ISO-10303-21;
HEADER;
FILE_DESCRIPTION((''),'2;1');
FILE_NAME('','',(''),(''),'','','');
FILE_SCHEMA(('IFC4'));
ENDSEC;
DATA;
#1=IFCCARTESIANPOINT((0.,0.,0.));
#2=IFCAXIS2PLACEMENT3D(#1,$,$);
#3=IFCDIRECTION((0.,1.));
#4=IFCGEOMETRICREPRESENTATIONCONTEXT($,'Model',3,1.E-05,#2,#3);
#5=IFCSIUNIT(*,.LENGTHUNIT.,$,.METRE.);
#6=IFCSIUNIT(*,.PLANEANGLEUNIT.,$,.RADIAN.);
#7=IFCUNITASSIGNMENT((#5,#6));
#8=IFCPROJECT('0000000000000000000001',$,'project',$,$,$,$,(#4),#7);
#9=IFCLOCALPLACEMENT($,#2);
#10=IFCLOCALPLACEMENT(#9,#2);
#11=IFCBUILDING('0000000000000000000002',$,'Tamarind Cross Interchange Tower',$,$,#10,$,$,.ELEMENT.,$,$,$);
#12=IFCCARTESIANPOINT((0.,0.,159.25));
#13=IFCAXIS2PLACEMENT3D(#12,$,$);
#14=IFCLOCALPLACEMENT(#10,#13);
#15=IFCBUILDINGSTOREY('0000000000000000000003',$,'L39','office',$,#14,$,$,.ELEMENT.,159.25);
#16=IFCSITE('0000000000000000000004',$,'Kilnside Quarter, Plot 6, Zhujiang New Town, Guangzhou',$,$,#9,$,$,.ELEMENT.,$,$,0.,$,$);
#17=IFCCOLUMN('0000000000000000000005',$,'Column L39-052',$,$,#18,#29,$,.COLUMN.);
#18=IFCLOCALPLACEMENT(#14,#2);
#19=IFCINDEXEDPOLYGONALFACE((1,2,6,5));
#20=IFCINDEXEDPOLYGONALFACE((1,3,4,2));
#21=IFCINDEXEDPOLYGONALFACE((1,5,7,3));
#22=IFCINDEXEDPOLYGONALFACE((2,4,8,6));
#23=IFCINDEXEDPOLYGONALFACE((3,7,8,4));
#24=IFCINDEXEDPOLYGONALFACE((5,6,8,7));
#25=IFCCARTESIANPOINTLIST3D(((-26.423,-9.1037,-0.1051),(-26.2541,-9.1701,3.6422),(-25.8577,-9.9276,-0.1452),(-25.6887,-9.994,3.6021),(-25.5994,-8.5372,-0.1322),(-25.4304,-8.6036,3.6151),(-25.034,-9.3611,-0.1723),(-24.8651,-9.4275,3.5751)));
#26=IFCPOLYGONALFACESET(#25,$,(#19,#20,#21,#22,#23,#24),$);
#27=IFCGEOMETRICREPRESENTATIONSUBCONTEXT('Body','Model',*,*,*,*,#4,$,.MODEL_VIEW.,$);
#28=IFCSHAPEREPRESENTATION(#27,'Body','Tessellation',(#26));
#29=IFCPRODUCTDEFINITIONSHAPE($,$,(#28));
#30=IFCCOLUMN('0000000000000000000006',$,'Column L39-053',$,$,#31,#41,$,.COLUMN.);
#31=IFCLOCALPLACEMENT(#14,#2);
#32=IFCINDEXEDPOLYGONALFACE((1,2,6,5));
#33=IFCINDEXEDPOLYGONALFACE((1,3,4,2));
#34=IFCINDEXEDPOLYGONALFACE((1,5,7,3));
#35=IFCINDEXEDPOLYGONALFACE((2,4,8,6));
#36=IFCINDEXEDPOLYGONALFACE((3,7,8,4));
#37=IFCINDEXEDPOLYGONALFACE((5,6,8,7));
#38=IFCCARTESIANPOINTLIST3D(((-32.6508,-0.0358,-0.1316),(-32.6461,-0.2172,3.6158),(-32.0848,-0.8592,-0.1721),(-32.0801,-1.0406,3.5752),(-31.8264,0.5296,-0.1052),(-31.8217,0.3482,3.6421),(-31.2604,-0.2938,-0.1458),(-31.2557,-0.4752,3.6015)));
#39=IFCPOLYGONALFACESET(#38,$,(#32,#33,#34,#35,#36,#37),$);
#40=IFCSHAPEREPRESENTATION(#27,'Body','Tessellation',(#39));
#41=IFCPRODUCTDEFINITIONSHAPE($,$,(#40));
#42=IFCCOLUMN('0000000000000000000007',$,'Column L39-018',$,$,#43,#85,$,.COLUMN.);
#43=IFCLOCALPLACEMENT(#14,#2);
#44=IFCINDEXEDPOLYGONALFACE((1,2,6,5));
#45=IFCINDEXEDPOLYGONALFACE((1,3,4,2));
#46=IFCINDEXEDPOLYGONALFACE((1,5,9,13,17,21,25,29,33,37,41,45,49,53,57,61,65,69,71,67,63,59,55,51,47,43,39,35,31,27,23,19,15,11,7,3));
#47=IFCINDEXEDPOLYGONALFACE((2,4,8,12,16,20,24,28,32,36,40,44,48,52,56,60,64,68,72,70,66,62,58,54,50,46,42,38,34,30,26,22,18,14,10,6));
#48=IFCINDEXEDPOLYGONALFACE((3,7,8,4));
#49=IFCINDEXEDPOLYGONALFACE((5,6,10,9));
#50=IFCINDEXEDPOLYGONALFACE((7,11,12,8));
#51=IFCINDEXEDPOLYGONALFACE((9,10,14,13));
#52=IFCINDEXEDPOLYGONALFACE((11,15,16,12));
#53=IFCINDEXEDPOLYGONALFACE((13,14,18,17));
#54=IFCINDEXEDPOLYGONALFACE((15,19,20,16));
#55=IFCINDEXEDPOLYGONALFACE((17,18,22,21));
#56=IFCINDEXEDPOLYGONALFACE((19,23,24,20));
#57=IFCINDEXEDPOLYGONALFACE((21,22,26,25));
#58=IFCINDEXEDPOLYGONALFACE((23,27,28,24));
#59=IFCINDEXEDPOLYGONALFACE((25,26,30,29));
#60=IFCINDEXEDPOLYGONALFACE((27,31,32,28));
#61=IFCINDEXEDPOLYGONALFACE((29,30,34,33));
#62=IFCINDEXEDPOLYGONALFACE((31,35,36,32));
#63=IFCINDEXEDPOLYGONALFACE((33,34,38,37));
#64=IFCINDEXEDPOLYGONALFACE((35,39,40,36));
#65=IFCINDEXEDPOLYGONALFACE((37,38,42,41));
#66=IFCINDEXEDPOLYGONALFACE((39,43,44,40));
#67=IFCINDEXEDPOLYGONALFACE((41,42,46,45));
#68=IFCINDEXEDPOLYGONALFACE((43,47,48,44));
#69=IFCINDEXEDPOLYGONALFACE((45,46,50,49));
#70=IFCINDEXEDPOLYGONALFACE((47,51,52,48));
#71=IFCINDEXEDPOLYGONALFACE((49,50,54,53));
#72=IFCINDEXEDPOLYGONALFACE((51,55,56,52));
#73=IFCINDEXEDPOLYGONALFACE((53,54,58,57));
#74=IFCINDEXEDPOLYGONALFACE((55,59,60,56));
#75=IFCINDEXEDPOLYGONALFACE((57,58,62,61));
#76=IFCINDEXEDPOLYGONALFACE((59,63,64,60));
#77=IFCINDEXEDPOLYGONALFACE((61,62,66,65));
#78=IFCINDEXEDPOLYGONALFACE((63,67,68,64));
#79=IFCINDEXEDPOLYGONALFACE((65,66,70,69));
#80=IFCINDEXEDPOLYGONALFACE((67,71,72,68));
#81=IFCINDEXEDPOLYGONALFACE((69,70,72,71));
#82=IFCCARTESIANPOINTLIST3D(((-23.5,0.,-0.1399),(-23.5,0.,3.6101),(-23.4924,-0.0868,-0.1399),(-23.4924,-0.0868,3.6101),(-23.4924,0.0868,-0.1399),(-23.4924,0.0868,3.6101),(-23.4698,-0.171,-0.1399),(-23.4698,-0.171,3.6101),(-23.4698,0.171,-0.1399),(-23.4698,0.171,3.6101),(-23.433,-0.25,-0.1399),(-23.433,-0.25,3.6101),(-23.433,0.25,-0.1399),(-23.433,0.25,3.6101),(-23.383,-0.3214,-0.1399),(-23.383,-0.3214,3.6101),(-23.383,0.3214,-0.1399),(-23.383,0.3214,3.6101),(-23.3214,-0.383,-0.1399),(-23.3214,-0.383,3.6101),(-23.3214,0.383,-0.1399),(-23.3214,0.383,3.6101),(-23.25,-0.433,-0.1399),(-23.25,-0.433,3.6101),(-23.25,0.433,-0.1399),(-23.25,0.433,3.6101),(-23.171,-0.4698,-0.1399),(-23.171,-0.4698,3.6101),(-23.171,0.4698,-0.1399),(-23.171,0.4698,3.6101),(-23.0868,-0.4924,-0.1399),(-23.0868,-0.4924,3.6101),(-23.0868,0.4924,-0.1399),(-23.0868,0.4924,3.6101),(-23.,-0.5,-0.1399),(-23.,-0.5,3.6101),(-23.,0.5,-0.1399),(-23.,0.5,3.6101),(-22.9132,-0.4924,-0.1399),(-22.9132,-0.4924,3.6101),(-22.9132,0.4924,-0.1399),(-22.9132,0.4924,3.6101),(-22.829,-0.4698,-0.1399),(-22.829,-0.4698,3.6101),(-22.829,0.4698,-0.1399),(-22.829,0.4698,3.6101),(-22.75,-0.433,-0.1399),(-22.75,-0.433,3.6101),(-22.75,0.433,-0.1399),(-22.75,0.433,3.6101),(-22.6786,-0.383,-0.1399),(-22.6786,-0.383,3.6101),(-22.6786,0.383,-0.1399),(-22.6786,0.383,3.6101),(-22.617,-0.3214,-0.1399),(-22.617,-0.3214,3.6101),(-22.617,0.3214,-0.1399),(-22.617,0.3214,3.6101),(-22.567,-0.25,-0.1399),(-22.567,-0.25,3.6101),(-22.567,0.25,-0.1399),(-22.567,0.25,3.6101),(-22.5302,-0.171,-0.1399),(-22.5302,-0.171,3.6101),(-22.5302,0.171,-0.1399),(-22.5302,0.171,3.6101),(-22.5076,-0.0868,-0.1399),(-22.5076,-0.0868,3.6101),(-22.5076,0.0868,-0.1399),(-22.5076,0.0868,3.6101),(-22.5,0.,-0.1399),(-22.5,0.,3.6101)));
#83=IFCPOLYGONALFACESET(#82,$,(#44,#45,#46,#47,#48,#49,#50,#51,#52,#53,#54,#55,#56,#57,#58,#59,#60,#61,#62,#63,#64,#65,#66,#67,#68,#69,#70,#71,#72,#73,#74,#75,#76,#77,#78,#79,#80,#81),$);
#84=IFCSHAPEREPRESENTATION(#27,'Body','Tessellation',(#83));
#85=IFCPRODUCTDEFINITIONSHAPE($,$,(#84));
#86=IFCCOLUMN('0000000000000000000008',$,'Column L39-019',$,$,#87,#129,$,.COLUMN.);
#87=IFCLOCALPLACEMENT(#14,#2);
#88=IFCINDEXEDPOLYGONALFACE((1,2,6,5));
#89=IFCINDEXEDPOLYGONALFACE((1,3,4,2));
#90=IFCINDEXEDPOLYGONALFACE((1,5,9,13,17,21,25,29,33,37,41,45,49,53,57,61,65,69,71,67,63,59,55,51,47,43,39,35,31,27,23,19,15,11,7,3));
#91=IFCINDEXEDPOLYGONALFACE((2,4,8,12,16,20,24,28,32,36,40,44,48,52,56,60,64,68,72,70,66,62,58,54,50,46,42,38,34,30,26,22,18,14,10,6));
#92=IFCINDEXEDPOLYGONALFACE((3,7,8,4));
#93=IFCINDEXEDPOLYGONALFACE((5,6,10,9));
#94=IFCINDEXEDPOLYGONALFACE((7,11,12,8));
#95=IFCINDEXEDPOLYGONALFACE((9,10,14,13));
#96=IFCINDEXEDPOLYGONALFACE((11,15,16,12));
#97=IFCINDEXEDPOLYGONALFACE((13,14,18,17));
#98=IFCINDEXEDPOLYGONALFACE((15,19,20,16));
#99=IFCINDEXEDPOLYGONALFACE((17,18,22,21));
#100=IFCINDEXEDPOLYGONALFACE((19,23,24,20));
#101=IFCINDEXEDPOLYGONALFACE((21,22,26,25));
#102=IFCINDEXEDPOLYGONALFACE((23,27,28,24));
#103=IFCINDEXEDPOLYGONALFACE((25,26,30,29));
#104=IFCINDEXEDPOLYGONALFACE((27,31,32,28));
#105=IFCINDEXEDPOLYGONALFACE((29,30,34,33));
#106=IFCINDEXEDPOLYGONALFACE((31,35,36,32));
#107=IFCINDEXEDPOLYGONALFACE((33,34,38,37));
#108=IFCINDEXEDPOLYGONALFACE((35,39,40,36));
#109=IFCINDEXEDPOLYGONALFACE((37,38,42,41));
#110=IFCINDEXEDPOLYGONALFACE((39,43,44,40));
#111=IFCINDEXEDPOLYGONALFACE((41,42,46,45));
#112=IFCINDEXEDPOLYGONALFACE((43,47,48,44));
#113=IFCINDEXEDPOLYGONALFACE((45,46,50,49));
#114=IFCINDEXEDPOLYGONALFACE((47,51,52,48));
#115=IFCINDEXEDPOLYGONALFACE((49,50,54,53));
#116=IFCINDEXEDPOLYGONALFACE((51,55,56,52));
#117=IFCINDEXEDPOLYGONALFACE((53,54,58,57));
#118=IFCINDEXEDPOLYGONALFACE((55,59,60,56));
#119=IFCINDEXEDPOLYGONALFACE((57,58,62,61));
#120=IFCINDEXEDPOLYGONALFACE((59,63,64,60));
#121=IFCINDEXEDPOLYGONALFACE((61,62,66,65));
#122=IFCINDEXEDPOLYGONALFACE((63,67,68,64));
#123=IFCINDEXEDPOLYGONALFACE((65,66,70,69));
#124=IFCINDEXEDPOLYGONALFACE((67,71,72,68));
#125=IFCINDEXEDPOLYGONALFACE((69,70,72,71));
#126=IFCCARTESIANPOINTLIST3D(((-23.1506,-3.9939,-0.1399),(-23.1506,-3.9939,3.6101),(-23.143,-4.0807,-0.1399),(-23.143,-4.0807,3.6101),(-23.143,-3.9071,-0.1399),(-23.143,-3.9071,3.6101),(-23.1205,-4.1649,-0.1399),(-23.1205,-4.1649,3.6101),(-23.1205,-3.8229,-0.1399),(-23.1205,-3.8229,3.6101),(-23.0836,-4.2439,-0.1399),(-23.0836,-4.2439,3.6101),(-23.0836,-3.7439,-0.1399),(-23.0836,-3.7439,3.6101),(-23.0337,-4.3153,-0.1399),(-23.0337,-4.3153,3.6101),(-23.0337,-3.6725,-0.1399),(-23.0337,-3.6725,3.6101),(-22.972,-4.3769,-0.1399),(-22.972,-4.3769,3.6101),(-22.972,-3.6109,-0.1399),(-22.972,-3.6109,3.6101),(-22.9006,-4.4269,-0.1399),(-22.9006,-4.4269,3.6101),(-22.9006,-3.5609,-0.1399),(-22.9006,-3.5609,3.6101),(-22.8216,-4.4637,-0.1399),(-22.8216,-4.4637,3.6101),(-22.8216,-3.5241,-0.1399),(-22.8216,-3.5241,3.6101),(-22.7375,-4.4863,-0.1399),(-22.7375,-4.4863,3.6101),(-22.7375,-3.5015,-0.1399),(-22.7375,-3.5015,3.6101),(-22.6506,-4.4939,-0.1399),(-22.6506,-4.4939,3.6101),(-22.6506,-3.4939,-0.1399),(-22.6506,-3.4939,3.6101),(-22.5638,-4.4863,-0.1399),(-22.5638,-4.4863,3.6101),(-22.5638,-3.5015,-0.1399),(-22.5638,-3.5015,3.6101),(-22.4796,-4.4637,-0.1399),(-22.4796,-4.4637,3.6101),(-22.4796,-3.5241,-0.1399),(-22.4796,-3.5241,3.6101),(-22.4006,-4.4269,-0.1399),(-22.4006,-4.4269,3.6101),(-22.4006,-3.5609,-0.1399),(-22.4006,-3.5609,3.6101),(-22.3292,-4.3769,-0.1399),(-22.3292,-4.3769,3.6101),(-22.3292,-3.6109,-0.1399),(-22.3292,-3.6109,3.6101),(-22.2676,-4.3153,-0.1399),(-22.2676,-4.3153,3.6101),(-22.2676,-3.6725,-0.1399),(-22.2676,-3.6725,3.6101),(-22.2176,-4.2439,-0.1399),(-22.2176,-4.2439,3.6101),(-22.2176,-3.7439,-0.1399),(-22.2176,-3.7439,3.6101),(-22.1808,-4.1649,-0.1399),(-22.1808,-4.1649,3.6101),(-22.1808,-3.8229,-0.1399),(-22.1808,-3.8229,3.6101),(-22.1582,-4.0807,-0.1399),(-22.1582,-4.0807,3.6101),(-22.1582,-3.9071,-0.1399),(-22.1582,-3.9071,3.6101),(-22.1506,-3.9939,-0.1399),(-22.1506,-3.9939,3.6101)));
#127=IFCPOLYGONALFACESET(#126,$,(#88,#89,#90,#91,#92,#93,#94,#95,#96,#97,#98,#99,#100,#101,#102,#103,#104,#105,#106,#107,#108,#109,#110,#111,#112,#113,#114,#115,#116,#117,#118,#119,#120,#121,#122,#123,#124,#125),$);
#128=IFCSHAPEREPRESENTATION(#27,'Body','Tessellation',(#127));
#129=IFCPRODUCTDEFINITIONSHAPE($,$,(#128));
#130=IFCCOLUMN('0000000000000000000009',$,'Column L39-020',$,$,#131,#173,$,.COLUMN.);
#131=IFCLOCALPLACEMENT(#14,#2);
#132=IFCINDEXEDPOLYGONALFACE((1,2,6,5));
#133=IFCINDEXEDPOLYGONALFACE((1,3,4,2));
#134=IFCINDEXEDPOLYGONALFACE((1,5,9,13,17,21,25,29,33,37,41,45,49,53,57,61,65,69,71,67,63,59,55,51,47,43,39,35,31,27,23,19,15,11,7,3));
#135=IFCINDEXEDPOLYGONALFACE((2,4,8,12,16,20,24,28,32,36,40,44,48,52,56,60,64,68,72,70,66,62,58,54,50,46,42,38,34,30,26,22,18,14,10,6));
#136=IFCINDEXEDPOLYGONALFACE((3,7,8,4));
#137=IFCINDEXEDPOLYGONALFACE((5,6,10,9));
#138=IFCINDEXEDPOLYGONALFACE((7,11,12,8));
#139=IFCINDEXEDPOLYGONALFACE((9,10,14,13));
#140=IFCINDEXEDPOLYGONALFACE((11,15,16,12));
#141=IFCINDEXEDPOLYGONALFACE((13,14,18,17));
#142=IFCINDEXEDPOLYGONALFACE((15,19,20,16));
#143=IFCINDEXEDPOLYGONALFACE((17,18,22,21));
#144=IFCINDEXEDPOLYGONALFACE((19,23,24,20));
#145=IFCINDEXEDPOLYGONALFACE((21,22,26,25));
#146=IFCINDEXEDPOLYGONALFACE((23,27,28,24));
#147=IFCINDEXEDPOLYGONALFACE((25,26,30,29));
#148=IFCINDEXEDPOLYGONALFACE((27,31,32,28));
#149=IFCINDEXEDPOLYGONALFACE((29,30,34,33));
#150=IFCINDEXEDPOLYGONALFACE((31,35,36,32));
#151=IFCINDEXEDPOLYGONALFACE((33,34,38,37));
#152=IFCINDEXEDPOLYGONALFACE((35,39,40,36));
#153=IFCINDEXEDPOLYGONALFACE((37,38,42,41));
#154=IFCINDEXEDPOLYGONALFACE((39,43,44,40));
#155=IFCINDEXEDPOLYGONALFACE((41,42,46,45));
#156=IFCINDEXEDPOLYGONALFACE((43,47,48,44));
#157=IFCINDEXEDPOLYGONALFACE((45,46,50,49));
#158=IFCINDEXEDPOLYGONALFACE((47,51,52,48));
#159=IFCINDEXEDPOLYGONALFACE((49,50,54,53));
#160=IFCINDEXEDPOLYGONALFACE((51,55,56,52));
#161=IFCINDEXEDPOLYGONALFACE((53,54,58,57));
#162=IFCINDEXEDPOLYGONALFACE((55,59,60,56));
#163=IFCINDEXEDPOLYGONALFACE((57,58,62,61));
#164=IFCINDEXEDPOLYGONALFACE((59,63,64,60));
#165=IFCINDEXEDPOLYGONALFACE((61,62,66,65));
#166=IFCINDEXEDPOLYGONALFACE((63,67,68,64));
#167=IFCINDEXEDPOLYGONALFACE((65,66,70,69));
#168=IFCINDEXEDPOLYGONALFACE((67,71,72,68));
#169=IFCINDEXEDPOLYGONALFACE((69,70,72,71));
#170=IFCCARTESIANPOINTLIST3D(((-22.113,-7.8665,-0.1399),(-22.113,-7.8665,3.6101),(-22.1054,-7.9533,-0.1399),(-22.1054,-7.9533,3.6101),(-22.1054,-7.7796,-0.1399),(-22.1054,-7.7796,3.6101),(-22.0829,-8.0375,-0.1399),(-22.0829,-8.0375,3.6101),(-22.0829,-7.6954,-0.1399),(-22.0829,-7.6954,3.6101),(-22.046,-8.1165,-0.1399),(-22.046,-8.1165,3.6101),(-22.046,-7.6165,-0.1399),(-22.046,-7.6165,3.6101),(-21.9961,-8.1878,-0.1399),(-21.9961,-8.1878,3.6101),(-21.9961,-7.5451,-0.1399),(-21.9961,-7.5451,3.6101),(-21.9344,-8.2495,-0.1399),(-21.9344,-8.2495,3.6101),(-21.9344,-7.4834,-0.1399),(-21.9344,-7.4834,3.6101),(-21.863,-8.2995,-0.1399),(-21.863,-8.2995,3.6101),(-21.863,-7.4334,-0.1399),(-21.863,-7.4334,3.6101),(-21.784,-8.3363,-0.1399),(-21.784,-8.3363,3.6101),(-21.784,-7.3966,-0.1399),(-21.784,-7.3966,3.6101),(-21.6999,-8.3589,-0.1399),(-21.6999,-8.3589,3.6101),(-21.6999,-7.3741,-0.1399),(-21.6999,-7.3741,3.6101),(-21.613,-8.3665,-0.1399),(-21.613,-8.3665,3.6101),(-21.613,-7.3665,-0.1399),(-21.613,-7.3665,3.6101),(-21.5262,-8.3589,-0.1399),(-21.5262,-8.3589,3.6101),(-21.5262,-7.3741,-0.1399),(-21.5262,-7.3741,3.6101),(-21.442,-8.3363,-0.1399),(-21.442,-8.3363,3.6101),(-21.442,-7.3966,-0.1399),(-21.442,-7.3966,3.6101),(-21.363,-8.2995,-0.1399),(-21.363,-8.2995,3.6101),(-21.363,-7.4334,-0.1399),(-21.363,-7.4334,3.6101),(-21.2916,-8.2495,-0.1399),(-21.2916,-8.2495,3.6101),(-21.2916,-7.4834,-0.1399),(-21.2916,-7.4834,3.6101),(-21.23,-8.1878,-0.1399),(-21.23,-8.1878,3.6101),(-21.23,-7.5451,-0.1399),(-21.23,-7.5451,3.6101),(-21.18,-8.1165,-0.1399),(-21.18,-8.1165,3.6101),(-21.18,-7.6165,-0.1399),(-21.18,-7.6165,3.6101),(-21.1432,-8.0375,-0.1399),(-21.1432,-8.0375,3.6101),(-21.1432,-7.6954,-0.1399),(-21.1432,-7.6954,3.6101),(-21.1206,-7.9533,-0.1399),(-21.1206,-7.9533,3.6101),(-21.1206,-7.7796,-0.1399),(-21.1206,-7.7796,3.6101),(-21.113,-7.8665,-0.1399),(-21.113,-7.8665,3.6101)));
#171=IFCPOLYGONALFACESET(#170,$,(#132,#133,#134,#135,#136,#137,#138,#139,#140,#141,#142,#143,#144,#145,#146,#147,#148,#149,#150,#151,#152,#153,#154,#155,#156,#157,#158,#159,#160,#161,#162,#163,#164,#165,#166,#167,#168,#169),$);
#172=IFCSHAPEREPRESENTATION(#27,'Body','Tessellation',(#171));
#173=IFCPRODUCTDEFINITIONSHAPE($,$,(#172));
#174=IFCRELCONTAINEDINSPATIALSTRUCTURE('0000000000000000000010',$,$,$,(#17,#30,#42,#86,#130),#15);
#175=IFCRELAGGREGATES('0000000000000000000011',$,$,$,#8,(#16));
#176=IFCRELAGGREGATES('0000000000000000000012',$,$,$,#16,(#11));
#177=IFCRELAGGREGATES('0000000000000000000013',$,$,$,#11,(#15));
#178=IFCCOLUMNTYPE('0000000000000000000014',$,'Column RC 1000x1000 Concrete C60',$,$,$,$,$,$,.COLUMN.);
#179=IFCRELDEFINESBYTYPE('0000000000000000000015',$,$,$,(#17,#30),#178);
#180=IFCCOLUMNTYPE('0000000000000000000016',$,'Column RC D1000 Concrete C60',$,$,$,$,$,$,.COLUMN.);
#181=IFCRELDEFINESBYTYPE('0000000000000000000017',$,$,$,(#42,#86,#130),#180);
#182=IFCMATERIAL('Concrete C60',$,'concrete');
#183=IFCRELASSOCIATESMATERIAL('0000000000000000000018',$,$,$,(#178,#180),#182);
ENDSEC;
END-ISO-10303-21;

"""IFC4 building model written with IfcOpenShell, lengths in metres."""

from ifc_helpers import new_model, si_unit, direction, frame, origin, origin_2d, place, context, subcontext, project, spatial, rectangle, circle, extrude, material, material_profile, profile_set, type_object, element, save


model = new_model("IFC4")

# Units and contexts
model_context = context("Model", 3, precision=1e-05, world=origin(), true_north=direction((0.0, 1.0)))
body_context = subcontext(model_context, "Body", "Model", "MODEL_VIEW")
ifc_project = project(units=[si_unit("LENGTHUNIT", "METRE"), si_unit("PLANEANGLEUNIT", "RADIAN")], contexts=[model_context])

# Site, building, storey
site_placement = place(None, origin())
site = spatial("IfcSite", under=ifc_project, at=site_placement, Name="Kilnside Quarter, Plot 6, Zhujiang New Town, Guangzhou", CompositionType="ELEMENT", RefElevation=0.0)
building_placement = place(site_placement, origin())
building = spatial("IfcBuilding", under=site, at=building_placement, Name="Tamarind Cross Interchange Tower", CompositionType="ELEMENT")
storey_placement = place(building_placement, frame((0.0, 0.0, 159.25)))
storey = spatial("IfcBuildingStorey", under=building, at=storey_placement, Name="L39", Description="office", CompositionType="ELEMENT", Elevation=159.25)

# Columns
ifc_material_1 = material(Name="Concrete C60", Category="concrete")
ifc_material_profile_1 = material_profile(ifc_material_1, rectangle(XDim=1.0, YDim=1.0, at=origin_2d()), Name="RC 1000x1000")
ifc_profile_set_1 = profile_set([ifc_material_profile_1], Name="Concrete C60")
column_type_1 = type_object("IfcColumnType", Name="Column RC 1000x1000 Concrete C60", PredefinedType="COLUMN", material=ifc_profile_set_1)
for number, where, z_axis, x_axis, name in (
    (1, (-25.7285, -9.2324, -0.1387), (0.045032, -0.0177, 0.998829), (-0.565347, 0.823878, 0.040088), "Column L39-052"),
    (2, (-31.9556, -0.1648, -0.1387), (0.001236, -0.04835, 0.99883), (0.82441, 0.565379, 0.026348), "Column L39-053"),
):
    element("IfcColumn", number, at=place(storey_placement, frame(where, z_axis=z_axis, x_axis=x_axis)), inside=storey, type_object=column_type_1, Name=name, PredefinedType="COLUMN", context=body_context, shape_type="SweptSolid", body=[
        extrude(rectangle(XDim=1.0, YDim=1.0, at=origin_2d()), origin(), (0.0, 0.0, 1.0), 3.7517),
    ])
ifc_material_profile_2 = material_profile(ifc_material_1, circle(Radius=0.5, at=origin_2d()), Name="RC D1000")
ifc_profile_set_2 = profile_set([ifc_material_profile_2], Name="Concrete C60")
column_type_2 = type_object("IfcColumnType", Name="Column RC D1000 Concrete C60", PredefinedType="COLUMN", material=ifc_profile_set_2)
for number, where, z_axis, x_axis, name in (
    (3, (-23.0, 0.0, -0.1399), (0.0, 0.0, 1.0), (1.0, 0.0, 0.0), "Column L39-018"),
    (4, (-22.6506, -3.9939, -0.1399), (0.0, 0.0, 1.0), (1.0, 0.0, 0.0), "Column L39-019"),
    (5, (-21.613, -7.8665, -0.1399), (0.0, 0.0, 1.0), (1.0, 0.0, 0.0), "Column L39-020"),
):
    element("IfcColumn", number, at=place(storey_placement, frame(where, z_axis=z_axis, x_axis=x_axis)), inside=storey, type_object=column_type_2, Name=name, PredefinedType="COLUMN", context=body_context, shape_type="SweptSolid", body=[
        extrude(circle(Radius=0.5, at=origin_2d()), origin(), (0.0, 0.0, 1.0), 3.75),
    ])

save(model, "model.ifc")
